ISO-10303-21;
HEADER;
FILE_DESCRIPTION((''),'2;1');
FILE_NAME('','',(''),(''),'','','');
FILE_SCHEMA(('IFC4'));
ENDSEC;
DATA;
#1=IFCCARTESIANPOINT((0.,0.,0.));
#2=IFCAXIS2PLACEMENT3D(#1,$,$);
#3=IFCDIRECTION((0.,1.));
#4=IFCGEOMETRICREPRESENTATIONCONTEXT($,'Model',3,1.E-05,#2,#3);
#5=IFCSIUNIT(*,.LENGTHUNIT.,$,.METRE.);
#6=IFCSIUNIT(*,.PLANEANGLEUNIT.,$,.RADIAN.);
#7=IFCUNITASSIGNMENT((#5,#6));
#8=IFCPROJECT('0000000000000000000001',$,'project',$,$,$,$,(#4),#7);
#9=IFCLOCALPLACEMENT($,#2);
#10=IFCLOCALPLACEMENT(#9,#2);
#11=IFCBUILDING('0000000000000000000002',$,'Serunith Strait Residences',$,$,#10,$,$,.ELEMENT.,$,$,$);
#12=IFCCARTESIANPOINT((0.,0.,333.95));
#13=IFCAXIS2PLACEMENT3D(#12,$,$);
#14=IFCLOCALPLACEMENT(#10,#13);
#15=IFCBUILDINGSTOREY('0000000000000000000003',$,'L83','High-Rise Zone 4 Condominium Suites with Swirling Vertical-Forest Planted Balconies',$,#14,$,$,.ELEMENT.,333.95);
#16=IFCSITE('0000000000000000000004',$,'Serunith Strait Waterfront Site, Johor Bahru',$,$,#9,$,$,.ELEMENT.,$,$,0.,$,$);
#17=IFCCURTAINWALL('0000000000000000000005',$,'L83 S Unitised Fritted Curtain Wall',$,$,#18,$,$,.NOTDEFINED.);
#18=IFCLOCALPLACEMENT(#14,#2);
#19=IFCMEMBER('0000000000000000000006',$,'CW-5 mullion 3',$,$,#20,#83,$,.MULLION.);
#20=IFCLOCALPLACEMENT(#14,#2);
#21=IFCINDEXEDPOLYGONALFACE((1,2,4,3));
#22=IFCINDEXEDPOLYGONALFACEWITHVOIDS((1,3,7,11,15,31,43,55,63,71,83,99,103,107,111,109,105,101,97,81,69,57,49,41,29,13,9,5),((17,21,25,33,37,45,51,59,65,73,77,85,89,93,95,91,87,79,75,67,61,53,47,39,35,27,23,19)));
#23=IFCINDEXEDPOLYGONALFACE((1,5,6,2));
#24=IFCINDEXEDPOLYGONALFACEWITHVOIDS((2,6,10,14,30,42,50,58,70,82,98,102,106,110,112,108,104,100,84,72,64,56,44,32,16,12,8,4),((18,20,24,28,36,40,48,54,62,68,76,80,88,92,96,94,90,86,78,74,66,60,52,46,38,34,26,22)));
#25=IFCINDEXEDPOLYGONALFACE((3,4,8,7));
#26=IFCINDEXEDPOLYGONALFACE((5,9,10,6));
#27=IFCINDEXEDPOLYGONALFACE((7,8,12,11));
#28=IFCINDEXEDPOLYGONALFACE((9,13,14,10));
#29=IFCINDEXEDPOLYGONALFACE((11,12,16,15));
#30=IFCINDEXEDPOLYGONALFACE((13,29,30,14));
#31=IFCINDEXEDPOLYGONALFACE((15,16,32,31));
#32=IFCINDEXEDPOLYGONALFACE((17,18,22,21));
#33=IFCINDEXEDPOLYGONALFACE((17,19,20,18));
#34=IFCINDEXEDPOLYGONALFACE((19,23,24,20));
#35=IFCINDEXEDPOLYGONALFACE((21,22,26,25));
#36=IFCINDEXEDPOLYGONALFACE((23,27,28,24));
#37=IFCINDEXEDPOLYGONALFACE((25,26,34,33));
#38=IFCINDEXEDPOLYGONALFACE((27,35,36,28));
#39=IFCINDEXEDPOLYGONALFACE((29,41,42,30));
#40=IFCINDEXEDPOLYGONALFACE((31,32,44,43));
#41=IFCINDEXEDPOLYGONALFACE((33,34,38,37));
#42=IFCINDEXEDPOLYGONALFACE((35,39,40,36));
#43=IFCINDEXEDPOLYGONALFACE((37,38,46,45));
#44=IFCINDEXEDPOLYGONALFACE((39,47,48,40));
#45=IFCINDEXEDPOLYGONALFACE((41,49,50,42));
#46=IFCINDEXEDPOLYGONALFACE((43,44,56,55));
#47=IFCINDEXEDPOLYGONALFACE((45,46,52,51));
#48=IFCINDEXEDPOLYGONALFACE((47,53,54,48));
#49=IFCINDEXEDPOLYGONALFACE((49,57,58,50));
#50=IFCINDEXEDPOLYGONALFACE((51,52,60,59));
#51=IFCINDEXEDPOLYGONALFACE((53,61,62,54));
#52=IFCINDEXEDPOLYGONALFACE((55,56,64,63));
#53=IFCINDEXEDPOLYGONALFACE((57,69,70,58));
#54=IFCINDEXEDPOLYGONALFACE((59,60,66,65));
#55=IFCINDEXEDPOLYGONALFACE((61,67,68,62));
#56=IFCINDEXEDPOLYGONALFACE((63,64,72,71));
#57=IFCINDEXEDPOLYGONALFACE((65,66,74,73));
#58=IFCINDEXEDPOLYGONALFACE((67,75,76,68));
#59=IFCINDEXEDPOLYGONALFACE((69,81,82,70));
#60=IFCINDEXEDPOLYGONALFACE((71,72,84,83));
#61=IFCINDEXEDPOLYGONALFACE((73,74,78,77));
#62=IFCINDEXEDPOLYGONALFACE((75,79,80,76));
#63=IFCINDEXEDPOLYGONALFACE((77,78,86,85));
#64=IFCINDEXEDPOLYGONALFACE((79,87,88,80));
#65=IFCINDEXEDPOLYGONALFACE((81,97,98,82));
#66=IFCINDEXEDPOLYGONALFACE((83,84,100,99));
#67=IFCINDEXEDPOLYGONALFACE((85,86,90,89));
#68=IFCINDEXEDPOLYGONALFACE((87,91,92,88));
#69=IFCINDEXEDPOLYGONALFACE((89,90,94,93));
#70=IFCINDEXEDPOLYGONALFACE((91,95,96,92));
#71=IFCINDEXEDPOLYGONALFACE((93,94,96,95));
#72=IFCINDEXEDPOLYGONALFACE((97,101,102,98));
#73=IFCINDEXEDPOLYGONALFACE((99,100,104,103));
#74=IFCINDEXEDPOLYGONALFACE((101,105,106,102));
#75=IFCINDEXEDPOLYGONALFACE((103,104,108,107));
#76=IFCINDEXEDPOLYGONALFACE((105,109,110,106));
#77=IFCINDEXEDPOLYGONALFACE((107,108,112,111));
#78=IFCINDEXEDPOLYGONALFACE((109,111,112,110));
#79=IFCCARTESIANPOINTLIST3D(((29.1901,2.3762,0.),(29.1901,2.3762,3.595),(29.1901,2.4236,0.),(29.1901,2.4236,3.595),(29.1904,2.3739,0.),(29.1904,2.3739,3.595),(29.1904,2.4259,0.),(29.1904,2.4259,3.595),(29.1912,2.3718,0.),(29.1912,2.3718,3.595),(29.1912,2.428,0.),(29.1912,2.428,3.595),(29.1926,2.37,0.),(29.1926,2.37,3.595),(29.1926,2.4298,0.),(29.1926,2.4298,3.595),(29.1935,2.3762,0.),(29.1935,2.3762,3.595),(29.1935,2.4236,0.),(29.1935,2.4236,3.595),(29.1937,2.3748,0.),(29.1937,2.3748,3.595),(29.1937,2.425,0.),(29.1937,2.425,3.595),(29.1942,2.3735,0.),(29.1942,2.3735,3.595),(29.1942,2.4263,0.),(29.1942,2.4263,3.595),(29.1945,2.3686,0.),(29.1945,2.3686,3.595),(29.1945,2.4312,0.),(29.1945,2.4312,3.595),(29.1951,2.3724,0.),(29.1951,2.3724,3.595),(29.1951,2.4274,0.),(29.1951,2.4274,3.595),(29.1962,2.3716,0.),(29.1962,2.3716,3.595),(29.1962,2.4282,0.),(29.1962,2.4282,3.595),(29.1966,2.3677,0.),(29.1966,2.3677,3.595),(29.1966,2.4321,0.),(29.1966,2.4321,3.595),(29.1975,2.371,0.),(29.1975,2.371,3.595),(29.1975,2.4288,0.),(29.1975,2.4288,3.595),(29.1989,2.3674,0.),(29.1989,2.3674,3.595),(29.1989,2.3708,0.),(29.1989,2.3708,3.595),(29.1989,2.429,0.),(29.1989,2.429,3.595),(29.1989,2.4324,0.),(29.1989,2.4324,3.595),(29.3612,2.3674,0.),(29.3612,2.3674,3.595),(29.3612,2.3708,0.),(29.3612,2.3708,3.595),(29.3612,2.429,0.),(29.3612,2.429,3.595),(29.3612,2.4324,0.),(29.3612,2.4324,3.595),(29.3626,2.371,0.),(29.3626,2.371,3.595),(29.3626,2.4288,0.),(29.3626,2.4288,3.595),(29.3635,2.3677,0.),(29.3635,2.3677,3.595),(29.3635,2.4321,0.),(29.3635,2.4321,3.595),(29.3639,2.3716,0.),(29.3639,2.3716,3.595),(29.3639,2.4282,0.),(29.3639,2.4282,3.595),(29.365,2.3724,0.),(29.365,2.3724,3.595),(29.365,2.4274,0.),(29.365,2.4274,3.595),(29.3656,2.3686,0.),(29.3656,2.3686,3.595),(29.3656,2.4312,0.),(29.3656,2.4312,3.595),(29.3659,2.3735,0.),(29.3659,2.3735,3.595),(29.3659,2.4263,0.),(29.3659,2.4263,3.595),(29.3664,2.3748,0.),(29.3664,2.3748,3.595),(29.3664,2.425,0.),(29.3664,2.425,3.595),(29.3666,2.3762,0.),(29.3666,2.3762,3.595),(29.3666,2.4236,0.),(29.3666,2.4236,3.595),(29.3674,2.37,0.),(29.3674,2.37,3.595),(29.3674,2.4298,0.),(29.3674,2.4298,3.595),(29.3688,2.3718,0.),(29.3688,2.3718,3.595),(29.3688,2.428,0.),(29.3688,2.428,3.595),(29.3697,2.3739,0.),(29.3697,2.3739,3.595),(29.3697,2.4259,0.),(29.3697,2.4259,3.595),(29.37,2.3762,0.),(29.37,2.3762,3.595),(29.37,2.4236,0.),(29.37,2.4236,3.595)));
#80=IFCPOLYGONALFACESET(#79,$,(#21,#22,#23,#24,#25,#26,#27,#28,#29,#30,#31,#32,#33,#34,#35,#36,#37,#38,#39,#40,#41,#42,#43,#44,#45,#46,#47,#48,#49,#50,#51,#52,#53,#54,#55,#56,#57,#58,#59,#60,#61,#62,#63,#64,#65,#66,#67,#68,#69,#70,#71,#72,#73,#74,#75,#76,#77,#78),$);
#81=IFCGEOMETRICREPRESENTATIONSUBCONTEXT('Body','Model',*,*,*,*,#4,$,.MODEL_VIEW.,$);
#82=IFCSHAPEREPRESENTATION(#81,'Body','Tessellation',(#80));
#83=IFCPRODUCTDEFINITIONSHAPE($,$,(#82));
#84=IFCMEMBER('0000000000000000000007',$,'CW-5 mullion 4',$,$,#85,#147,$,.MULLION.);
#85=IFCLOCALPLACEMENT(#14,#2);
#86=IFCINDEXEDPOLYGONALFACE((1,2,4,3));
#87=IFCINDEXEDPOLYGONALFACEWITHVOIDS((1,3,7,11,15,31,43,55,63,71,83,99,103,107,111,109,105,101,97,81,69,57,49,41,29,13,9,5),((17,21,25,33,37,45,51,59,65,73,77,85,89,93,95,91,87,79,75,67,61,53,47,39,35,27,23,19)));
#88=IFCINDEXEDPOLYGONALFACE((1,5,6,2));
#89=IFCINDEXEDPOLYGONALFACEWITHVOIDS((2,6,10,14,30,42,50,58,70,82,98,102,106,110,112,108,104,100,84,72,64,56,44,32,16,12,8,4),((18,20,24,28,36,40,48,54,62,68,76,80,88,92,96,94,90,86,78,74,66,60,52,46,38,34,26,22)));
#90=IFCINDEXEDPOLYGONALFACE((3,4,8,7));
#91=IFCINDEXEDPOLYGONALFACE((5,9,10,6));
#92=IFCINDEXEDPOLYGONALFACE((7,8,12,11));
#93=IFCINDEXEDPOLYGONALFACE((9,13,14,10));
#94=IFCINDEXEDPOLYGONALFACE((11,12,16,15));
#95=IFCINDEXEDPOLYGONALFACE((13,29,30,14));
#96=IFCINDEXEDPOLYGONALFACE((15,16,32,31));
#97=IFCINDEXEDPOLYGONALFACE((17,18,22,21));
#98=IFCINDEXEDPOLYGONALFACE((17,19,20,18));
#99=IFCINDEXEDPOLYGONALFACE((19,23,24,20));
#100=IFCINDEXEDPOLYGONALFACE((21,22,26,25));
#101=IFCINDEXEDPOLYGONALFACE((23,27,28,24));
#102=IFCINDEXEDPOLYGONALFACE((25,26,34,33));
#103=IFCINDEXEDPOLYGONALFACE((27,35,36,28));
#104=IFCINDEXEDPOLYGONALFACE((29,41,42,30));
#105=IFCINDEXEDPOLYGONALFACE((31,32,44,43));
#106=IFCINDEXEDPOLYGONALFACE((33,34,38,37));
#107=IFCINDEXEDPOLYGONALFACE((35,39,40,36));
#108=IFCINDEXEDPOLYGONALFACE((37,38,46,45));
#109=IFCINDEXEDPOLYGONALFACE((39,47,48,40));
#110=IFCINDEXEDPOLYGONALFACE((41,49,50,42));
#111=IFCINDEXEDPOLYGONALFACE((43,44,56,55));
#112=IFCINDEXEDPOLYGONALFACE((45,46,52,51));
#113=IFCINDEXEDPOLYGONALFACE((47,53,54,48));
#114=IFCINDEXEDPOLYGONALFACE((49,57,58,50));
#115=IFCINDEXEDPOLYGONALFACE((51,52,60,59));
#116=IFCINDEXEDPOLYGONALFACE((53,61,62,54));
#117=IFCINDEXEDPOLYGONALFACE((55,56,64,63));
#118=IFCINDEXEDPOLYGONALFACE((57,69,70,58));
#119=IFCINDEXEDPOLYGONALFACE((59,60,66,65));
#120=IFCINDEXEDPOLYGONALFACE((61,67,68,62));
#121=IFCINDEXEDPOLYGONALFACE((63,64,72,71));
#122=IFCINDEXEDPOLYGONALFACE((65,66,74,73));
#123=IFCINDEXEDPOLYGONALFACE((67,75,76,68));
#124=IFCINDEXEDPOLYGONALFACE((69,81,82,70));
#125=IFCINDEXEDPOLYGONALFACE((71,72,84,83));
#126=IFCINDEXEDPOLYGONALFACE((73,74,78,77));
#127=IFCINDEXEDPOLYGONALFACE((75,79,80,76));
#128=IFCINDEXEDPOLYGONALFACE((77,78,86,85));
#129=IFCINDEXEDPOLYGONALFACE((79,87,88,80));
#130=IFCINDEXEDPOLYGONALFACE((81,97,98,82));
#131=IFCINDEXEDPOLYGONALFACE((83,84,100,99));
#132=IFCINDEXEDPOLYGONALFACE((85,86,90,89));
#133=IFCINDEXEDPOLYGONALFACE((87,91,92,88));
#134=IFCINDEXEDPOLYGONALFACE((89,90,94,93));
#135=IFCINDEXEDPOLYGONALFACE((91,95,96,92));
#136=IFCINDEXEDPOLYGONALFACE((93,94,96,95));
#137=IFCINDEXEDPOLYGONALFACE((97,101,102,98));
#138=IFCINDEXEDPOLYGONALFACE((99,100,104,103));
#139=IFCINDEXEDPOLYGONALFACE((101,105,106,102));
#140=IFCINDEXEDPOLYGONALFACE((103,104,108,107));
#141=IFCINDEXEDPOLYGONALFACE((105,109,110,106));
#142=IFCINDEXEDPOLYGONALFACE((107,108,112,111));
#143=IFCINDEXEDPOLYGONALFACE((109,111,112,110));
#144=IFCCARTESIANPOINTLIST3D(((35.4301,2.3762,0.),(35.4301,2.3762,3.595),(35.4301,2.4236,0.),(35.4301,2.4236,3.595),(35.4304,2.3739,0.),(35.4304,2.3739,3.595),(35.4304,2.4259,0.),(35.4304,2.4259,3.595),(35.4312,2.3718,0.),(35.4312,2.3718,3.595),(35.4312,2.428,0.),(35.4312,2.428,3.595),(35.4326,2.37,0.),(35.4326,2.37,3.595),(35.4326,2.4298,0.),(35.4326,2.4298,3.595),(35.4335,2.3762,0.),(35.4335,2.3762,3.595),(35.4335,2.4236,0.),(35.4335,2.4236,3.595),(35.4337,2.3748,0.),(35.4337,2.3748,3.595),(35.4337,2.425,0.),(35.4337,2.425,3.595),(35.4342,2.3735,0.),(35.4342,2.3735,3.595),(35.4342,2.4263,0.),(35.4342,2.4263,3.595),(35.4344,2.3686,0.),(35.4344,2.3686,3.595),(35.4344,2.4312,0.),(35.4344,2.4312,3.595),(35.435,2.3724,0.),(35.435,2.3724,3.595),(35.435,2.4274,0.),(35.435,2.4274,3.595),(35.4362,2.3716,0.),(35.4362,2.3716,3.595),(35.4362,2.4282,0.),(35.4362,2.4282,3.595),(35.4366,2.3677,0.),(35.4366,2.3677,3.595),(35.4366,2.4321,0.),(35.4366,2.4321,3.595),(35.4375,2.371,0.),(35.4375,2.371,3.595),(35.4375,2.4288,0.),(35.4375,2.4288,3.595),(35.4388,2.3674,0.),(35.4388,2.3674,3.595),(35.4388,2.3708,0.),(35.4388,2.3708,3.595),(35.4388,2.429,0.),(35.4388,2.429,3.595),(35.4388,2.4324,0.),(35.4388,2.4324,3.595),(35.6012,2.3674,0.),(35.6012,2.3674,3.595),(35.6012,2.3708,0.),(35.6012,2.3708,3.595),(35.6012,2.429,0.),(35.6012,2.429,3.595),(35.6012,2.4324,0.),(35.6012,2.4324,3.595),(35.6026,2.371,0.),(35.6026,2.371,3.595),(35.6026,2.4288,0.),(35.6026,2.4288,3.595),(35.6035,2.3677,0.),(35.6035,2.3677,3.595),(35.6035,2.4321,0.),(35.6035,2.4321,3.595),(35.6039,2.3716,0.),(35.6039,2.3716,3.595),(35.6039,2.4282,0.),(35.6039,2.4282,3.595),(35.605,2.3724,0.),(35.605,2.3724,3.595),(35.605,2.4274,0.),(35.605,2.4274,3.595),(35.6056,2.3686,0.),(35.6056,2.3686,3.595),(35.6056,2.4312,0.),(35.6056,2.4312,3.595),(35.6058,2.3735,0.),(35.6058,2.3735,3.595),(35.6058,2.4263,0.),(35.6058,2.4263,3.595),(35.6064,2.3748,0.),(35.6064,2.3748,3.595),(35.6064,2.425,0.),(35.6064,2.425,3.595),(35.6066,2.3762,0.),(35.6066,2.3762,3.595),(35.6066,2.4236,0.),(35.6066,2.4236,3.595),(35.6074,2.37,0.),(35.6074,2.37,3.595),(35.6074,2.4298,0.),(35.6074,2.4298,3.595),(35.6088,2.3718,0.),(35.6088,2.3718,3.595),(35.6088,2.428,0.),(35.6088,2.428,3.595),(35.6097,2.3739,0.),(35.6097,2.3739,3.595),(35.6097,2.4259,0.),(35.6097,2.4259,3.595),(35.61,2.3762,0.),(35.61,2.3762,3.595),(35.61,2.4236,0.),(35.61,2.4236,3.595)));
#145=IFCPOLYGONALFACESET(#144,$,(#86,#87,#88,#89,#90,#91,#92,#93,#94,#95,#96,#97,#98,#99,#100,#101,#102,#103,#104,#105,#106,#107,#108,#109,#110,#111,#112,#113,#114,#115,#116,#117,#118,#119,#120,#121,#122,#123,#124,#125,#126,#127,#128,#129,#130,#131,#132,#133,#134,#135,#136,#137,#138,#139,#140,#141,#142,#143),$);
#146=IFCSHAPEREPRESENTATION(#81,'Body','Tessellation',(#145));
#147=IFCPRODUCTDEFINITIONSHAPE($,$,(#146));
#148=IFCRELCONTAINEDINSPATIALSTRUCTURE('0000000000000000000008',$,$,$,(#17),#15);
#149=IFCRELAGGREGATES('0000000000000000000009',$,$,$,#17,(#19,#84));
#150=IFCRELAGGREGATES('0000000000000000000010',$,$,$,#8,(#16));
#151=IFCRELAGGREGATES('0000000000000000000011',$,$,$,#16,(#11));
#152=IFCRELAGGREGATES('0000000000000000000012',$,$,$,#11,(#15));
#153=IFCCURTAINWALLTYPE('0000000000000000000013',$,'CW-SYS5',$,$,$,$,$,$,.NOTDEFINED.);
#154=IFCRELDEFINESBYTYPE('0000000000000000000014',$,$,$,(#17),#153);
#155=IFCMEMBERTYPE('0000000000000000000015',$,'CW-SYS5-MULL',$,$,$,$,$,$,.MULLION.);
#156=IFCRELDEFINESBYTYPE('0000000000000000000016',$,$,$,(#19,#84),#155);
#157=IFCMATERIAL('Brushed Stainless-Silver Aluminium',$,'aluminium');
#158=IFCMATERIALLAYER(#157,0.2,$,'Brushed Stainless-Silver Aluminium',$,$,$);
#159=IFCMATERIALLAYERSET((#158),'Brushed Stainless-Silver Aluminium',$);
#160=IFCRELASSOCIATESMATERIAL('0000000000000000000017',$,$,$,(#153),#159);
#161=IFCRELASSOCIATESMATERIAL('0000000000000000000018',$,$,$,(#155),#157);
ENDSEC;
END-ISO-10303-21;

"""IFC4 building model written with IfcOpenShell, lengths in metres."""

from ifc_helpers import new_model, si_unit, direction, frame, origin, origin_2d, place, context, subcontext, project, spatial, hollow_rectangle, extrude, source, transform, mapped, material, layer, layer_set, material_profile, profile_set, type_object, element, aggregate, save


model = new_model("IFC4")

# Units and contexts
model_context = context("Model", 3, precision=1e-05, world=origin(), true_north=direction((0.0, 1.0)))
body_context = subcontext(model_context, "Body", "Model", "MODEL_VIEW")
ifc_project = project(units=[si_unit("LENGTHUNIT", "METRE"), si_unit("PLANEANGLEUNIT", "RADIAN")], contexts=[model_context])

# Site, building, storey
site_placement = place(None, origin())
site = spatial("IfcSite", under=ifc_project, at=site_placement, Name="Serunith Strait Waterfront Site, Johor Bahru", CompositionType="ELEMENT", RefElevation=0.0)
building_placement = place(site_placement, origin())
building = spatial("IfcBuilding", under=site, at=building_placement, Name="Serunith Strait Residences", CompositionType="ELEMENT")
storey_placement = place(building_placement, frame((0.0, 0.0, 333.95)))
storey = spatial("IfcBuildingStorey", under=building, at=storey_placement, Name="L83", Description="High-Rise Zone 4 Condominium Suites with Swirling Vertical-Forest Planted Balconies", CompositionType="ELEMENT", Elevation=333.95)

# Curtain wall, members
ifc_material_1 = material(Name="Brushed Stainless-Silver Aluminium", Category="aluminium")
ifc_layer_1 = layer(ifc_material_1, 0.2, Name="Brushed Stainless-Silver Aluminium")
ifc_layer_set_1 = layer_set([ifc_layer_1], Name="Brushed Stainless-Silver Aluminium")
curtain_wall_type = type_object("IfcCurtainWallType", Name="CW-SYS5", PredefinedType="NOTDEFINED", material=ifc_layer_set_1)
curtain_wall_placement = place(storey_placement, origin())
curtain_wall = element("IfcCurtainWall", 1, at=curtain_wall_placement, inside=storey, type_object=curtain_wall_type, Name="L83 S Unitised Fritted Curtain Wall", PredefinedType="NOTDEFINED")
ifc_material_profile_1 = material_profile(ifc_material_1, hollow_rectangle(XDim=0.0649, YDim=0.1799, WallThickness=0.0034, InnerFilletRadius=0.0054, OuterFilletRadius=0.0088, at=origin_2d()), Name="ALU 180x65x3.5")
ifc_profile_set_1 = profile_set([ifc_material_profile_1], Name="Brushed Stainless-Silver Aluminium")
member_type_1 = type_object("IfcMemberType", Name="CW-SYS5-MULL", PredefinedType="MULLION", material=ifc_profile_set_1)
shared_shape_1 = source(origin(), body_context, "Body", "SweptSolid", [
    extrude(hollow_rectangle(XDim=0.0649, YDim=0.1799, WallThickness=0.0034, InnerFilletRadius=0.0054, OuterFilletRadius=0.0088, at=origin_2d()), origin(), (0.0, 0.0, 1.0), 3.595),
])
member_1_placement = place(storey_placement, frame((29.28, 2.3999, 0.0), z_axis=(0.0, 0.0, 1.0), x_axis=(0.0, 1.0, 0.0)))
member_1 = element("IfcMember", 2, at=member_1_placement, type_object=member_type_1, Name="CW-5 mullion 3", PredefinedType="MULLION", context=body_context, shape_type="MappedRepresentation", body=[
    mapped(shared_shape_1, transform((0.0, 0.0, 0.0), scale=1.0)),
])
member_2_placement = place(storey_placement, frame((35.52, 2.3999, 0.0), z_axis=(0.0, 0.0, 1.0), x_axis=(0.0, 1.0, 0.0)))
member_2 = element("IfcMember", 3, at=member_2_placement, type_object=member_type_1, Name="CW-5 mullion 4", PredefinedType="MULLION", context=body_context, shape_type="MappedRepresentation", body=[
    mapped(shared_shape_1, transform((0.0, 0.0, 0.0), scale=1.0)),
])
aggregate(curtain_wall, [member_1, member_2])

save(model, "model.ifc")
